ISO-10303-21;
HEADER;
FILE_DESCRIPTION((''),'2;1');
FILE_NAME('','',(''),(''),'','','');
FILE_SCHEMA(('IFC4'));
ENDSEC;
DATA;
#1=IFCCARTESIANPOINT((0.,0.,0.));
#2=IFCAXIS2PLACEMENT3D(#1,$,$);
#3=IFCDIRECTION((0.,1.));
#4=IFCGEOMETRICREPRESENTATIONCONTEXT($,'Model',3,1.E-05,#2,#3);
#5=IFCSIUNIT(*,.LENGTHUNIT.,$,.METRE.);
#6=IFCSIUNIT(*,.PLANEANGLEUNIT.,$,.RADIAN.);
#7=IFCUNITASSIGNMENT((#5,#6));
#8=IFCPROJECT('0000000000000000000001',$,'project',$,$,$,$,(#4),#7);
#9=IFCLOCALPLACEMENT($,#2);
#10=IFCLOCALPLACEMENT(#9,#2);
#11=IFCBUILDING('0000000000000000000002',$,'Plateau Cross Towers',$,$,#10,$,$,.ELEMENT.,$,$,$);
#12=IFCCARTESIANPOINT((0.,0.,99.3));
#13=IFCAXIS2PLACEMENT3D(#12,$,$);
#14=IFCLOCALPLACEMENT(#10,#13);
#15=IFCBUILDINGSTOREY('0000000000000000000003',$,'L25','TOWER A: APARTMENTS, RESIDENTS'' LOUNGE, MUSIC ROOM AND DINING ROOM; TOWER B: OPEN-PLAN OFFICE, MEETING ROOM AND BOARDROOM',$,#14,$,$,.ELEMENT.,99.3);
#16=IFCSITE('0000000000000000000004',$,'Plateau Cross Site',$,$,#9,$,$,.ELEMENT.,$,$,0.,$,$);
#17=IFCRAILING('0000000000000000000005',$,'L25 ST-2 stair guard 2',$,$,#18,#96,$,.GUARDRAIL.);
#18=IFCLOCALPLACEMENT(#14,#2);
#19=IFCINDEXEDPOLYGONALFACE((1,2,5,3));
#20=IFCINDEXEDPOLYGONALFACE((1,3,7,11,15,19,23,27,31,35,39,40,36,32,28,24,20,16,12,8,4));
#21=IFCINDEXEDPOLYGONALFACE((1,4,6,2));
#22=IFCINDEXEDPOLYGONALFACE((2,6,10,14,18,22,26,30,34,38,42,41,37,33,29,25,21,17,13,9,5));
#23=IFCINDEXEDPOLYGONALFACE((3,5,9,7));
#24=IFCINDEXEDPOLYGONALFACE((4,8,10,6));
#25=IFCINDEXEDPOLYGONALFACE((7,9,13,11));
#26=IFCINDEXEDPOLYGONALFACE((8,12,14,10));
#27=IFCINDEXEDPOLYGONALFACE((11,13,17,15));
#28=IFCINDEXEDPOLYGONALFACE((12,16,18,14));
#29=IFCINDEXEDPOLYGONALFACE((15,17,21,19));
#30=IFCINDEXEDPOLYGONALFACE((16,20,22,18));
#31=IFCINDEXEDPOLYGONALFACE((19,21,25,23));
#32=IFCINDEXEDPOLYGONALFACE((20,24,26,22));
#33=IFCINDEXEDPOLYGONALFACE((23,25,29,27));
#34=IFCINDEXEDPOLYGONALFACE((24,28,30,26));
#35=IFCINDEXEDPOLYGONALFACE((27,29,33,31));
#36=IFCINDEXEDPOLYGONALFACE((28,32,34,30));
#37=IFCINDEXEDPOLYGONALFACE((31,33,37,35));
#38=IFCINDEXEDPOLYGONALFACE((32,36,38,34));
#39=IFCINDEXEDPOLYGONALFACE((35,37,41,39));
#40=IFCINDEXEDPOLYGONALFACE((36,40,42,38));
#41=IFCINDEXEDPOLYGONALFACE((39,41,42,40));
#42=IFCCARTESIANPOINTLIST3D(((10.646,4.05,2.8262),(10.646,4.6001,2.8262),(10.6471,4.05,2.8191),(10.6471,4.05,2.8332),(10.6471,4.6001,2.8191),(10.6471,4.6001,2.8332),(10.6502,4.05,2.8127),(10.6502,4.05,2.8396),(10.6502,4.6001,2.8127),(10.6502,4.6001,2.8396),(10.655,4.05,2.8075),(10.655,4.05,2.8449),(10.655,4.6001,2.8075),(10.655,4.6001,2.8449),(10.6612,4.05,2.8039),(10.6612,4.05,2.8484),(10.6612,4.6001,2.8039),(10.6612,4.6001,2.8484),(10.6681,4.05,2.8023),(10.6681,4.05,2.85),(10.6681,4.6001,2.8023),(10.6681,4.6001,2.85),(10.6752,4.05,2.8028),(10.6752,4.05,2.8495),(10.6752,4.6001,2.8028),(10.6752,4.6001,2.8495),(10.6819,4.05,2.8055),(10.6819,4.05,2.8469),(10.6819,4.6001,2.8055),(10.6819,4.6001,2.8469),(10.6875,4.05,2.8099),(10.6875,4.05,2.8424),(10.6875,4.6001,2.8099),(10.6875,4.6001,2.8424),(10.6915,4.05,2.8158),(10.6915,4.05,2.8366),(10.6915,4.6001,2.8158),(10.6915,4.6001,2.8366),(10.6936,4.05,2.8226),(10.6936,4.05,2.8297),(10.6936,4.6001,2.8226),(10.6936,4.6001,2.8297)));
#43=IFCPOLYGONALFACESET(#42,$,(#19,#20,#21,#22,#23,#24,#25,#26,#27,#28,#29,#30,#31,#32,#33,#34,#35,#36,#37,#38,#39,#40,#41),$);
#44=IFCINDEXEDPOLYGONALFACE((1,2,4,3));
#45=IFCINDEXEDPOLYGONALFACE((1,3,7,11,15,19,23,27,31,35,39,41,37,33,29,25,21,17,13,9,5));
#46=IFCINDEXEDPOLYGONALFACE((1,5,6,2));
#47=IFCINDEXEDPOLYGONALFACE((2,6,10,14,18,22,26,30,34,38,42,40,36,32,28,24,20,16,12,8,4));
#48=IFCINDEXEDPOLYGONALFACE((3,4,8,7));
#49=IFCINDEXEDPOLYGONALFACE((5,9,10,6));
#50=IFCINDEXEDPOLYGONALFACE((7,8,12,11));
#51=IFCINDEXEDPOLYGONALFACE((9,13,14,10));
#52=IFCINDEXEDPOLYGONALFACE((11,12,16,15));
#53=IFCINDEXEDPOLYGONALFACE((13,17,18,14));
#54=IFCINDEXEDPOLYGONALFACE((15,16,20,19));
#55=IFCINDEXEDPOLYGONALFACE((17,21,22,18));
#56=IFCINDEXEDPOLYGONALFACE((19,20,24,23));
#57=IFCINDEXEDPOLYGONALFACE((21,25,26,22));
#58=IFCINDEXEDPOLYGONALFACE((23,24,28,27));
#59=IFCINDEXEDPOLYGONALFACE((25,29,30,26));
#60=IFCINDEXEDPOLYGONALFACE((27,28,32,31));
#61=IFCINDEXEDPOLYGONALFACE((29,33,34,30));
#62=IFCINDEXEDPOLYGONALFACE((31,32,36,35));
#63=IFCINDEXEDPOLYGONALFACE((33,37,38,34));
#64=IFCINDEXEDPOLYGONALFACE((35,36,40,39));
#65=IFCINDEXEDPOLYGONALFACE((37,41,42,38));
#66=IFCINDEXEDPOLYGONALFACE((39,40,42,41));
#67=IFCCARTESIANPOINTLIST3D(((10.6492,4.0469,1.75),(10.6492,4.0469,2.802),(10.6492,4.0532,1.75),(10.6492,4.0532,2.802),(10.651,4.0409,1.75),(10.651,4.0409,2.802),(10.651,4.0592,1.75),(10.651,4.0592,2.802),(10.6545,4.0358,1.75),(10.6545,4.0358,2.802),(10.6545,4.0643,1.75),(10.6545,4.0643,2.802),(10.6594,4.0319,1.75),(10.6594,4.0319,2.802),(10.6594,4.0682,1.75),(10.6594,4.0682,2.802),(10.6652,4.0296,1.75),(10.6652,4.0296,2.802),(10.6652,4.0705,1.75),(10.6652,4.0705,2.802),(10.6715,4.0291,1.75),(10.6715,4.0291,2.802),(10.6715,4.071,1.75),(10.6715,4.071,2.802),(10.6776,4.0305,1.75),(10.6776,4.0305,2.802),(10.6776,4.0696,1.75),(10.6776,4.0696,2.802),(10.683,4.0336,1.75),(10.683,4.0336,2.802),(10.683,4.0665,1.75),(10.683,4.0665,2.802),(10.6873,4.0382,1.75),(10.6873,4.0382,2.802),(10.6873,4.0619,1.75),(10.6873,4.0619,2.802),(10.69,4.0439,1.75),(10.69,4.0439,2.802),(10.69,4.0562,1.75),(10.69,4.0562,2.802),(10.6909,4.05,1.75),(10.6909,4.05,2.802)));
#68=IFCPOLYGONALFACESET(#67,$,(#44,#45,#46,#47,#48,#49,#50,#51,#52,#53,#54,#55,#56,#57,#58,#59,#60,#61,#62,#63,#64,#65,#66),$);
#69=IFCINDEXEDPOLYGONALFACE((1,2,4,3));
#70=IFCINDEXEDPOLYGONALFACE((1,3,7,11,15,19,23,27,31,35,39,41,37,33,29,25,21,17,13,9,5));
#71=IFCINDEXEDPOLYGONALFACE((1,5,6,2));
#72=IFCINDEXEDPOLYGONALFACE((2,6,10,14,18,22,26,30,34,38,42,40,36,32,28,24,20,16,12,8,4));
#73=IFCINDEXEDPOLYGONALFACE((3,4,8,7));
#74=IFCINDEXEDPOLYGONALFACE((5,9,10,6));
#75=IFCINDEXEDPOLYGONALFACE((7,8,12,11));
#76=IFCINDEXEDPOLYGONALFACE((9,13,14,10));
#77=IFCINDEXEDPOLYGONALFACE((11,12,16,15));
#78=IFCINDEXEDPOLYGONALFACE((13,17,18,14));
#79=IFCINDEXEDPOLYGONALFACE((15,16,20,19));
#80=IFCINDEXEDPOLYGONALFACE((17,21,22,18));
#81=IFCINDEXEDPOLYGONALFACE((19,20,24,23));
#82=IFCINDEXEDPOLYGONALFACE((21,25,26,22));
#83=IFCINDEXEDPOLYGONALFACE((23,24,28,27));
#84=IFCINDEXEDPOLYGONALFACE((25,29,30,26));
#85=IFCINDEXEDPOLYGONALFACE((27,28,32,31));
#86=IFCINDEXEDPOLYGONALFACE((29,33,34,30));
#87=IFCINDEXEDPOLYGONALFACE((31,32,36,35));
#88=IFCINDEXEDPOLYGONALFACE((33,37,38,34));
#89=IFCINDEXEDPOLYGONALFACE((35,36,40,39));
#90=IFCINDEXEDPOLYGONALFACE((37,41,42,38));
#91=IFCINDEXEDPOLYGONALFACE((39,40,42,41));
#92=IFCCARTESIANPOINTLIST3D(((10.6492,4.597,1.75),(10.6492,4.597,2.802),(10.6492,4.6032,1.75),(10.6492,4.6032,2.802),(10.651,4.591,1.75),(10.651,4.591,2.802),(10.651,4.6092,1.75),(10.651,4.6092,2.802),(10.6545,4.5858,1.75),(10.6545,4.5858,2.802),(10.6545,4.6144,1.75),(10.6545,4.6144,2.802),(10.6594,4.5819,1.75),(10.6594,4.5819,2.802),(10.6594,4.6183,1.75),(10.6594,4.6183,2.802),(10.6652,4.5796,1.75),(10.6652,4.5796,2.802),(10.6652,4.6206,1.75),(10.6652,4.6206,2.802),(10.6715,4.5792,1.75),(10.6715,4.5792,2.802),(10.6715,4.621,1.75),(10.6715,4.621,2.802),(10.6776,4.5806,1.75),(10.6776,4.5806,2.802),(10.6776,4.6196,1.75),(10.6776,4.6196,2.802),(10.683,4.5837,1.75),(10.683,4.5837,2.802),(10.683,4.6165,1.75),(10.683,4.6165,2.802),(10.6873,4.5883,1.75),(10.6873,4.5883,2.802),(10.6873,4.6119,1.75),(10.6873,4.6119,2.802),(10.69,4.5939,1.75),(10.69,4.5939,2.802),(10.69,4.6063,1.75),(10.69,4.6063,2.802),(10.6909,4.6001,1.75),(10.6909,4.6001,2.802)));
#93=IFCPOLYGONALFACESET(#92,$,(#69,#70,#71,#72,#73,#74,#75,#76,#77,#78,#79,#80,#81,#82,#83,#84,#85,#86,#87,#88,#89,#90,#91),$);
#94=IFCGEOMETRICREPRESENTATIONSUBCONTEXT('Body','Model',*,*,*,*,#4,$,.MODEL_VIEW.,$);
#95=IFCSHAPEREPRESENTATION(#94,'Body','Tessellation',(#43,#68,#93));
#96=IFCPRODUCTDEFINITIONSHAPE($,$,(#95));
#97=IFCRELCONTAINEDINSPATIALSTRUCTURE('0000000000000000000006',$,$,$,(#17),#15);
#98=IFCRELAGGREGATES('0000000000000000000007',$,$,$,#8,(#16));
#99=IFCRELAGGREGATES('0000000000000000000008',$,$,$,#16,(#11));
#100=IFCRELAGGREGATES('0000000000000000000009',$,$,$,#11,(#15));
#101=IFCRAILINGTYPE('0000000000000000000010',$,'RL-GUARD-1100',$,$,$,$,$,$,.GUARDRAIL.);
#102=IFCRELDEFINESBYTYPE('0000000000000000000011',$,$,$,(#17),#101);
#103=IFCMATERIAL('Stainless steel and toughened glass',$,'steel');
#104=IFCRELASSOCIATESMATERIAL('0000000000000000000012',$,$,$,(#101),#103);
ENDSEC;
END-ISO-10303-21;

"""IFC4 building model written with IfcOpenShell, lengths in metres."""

from ifc_helpers import new_model, si_unit, direction, frame, origin, origin_2d, place, context, subcontext, project, spatial, circle, extrude, material, type_object, element, save


model = new_model("IFC4")

# Units and contexts
model_context = context("Model", 3, precision=1e-05, world=origin(), true_north=direction((0.0, 1.0)))
body_context = subcontext(model_context, "Body", "Model", "MODEL_VIEW")
ifc_project = project(units=[si_unit("LENGTHUNIT", "METRE"), si_unit("PLANEANGLEUNIT", "RADIAN")], contexts=[model_context])

# Site, building, storey
site_placement = place(None, origin())
site = spatial("IfcSite", under=ifc_project, at=site_placement, Name="Plateau Cross Site", CompositionType="ELEMENT", RefElevation=0.0)
building_placement = place(site_placement, origin())
building = spatial("IfcBuilding", under=site, at=building_placement, Name="Plateau Cross Towers", CompositionType="ELEMENT")
storey_placement = place(building_placement, frame((0.0, 0.0, 99.3)))
storey = spatial("IfcBuildingStorey", under=building, at=storey_placement, Name="L25", Description="TOWER A: APARTMENTS, RESIDENTS' LOUNGE, MUSIC ROOM AND DINING ROOM; TOWER B: OPEN-PLAN OFFICE, MEETING ROOM AND BOARDROOM", CompositionType="ELEMENT", Elevation=99.3)

# Railing
ifc_material_1 = material(Name="Stainless steel and toughened glass", Category="steel")
railing_type_1 = type_object("IfcRailingType", Name="RL-GUARD-1100", PredefinedType="GUARDRAIL", material=ifc_material_1)
railing_1_placement = place(storey_placement, frame((10.6699, 4.05, 1.75)))
element("IfcRailing", 1, at=railing_1_placement, inside=storey, type_object=railing_type_1, Name="L25 ST-2 stair guard 2", PredefinedType="GUARDRAIL", context=body_context, shape_type="SweptSolid", body=[
    extrude(circle(Radius=0.0239, at=origin_2d()), frame((0.0, 0.0, 1.0762), z_axis=(0.0, 1.0, 0.0), x_axis=(-1.0, 0.0, 0.0)), (0.0, 0.0, 1.0), 0.55),
    extrude(circle(Radius=0.021, at=origin_2d()), origin(), (0.0, 0.0, 1.0), 1.052),
    extrude(circle(Radius=0.021, at=origin_2d()), frame((0.0, 0.55, 0.0)), (0.0, 0.0, 1.0), 1.052),
])

save(model, "model.ifc")
